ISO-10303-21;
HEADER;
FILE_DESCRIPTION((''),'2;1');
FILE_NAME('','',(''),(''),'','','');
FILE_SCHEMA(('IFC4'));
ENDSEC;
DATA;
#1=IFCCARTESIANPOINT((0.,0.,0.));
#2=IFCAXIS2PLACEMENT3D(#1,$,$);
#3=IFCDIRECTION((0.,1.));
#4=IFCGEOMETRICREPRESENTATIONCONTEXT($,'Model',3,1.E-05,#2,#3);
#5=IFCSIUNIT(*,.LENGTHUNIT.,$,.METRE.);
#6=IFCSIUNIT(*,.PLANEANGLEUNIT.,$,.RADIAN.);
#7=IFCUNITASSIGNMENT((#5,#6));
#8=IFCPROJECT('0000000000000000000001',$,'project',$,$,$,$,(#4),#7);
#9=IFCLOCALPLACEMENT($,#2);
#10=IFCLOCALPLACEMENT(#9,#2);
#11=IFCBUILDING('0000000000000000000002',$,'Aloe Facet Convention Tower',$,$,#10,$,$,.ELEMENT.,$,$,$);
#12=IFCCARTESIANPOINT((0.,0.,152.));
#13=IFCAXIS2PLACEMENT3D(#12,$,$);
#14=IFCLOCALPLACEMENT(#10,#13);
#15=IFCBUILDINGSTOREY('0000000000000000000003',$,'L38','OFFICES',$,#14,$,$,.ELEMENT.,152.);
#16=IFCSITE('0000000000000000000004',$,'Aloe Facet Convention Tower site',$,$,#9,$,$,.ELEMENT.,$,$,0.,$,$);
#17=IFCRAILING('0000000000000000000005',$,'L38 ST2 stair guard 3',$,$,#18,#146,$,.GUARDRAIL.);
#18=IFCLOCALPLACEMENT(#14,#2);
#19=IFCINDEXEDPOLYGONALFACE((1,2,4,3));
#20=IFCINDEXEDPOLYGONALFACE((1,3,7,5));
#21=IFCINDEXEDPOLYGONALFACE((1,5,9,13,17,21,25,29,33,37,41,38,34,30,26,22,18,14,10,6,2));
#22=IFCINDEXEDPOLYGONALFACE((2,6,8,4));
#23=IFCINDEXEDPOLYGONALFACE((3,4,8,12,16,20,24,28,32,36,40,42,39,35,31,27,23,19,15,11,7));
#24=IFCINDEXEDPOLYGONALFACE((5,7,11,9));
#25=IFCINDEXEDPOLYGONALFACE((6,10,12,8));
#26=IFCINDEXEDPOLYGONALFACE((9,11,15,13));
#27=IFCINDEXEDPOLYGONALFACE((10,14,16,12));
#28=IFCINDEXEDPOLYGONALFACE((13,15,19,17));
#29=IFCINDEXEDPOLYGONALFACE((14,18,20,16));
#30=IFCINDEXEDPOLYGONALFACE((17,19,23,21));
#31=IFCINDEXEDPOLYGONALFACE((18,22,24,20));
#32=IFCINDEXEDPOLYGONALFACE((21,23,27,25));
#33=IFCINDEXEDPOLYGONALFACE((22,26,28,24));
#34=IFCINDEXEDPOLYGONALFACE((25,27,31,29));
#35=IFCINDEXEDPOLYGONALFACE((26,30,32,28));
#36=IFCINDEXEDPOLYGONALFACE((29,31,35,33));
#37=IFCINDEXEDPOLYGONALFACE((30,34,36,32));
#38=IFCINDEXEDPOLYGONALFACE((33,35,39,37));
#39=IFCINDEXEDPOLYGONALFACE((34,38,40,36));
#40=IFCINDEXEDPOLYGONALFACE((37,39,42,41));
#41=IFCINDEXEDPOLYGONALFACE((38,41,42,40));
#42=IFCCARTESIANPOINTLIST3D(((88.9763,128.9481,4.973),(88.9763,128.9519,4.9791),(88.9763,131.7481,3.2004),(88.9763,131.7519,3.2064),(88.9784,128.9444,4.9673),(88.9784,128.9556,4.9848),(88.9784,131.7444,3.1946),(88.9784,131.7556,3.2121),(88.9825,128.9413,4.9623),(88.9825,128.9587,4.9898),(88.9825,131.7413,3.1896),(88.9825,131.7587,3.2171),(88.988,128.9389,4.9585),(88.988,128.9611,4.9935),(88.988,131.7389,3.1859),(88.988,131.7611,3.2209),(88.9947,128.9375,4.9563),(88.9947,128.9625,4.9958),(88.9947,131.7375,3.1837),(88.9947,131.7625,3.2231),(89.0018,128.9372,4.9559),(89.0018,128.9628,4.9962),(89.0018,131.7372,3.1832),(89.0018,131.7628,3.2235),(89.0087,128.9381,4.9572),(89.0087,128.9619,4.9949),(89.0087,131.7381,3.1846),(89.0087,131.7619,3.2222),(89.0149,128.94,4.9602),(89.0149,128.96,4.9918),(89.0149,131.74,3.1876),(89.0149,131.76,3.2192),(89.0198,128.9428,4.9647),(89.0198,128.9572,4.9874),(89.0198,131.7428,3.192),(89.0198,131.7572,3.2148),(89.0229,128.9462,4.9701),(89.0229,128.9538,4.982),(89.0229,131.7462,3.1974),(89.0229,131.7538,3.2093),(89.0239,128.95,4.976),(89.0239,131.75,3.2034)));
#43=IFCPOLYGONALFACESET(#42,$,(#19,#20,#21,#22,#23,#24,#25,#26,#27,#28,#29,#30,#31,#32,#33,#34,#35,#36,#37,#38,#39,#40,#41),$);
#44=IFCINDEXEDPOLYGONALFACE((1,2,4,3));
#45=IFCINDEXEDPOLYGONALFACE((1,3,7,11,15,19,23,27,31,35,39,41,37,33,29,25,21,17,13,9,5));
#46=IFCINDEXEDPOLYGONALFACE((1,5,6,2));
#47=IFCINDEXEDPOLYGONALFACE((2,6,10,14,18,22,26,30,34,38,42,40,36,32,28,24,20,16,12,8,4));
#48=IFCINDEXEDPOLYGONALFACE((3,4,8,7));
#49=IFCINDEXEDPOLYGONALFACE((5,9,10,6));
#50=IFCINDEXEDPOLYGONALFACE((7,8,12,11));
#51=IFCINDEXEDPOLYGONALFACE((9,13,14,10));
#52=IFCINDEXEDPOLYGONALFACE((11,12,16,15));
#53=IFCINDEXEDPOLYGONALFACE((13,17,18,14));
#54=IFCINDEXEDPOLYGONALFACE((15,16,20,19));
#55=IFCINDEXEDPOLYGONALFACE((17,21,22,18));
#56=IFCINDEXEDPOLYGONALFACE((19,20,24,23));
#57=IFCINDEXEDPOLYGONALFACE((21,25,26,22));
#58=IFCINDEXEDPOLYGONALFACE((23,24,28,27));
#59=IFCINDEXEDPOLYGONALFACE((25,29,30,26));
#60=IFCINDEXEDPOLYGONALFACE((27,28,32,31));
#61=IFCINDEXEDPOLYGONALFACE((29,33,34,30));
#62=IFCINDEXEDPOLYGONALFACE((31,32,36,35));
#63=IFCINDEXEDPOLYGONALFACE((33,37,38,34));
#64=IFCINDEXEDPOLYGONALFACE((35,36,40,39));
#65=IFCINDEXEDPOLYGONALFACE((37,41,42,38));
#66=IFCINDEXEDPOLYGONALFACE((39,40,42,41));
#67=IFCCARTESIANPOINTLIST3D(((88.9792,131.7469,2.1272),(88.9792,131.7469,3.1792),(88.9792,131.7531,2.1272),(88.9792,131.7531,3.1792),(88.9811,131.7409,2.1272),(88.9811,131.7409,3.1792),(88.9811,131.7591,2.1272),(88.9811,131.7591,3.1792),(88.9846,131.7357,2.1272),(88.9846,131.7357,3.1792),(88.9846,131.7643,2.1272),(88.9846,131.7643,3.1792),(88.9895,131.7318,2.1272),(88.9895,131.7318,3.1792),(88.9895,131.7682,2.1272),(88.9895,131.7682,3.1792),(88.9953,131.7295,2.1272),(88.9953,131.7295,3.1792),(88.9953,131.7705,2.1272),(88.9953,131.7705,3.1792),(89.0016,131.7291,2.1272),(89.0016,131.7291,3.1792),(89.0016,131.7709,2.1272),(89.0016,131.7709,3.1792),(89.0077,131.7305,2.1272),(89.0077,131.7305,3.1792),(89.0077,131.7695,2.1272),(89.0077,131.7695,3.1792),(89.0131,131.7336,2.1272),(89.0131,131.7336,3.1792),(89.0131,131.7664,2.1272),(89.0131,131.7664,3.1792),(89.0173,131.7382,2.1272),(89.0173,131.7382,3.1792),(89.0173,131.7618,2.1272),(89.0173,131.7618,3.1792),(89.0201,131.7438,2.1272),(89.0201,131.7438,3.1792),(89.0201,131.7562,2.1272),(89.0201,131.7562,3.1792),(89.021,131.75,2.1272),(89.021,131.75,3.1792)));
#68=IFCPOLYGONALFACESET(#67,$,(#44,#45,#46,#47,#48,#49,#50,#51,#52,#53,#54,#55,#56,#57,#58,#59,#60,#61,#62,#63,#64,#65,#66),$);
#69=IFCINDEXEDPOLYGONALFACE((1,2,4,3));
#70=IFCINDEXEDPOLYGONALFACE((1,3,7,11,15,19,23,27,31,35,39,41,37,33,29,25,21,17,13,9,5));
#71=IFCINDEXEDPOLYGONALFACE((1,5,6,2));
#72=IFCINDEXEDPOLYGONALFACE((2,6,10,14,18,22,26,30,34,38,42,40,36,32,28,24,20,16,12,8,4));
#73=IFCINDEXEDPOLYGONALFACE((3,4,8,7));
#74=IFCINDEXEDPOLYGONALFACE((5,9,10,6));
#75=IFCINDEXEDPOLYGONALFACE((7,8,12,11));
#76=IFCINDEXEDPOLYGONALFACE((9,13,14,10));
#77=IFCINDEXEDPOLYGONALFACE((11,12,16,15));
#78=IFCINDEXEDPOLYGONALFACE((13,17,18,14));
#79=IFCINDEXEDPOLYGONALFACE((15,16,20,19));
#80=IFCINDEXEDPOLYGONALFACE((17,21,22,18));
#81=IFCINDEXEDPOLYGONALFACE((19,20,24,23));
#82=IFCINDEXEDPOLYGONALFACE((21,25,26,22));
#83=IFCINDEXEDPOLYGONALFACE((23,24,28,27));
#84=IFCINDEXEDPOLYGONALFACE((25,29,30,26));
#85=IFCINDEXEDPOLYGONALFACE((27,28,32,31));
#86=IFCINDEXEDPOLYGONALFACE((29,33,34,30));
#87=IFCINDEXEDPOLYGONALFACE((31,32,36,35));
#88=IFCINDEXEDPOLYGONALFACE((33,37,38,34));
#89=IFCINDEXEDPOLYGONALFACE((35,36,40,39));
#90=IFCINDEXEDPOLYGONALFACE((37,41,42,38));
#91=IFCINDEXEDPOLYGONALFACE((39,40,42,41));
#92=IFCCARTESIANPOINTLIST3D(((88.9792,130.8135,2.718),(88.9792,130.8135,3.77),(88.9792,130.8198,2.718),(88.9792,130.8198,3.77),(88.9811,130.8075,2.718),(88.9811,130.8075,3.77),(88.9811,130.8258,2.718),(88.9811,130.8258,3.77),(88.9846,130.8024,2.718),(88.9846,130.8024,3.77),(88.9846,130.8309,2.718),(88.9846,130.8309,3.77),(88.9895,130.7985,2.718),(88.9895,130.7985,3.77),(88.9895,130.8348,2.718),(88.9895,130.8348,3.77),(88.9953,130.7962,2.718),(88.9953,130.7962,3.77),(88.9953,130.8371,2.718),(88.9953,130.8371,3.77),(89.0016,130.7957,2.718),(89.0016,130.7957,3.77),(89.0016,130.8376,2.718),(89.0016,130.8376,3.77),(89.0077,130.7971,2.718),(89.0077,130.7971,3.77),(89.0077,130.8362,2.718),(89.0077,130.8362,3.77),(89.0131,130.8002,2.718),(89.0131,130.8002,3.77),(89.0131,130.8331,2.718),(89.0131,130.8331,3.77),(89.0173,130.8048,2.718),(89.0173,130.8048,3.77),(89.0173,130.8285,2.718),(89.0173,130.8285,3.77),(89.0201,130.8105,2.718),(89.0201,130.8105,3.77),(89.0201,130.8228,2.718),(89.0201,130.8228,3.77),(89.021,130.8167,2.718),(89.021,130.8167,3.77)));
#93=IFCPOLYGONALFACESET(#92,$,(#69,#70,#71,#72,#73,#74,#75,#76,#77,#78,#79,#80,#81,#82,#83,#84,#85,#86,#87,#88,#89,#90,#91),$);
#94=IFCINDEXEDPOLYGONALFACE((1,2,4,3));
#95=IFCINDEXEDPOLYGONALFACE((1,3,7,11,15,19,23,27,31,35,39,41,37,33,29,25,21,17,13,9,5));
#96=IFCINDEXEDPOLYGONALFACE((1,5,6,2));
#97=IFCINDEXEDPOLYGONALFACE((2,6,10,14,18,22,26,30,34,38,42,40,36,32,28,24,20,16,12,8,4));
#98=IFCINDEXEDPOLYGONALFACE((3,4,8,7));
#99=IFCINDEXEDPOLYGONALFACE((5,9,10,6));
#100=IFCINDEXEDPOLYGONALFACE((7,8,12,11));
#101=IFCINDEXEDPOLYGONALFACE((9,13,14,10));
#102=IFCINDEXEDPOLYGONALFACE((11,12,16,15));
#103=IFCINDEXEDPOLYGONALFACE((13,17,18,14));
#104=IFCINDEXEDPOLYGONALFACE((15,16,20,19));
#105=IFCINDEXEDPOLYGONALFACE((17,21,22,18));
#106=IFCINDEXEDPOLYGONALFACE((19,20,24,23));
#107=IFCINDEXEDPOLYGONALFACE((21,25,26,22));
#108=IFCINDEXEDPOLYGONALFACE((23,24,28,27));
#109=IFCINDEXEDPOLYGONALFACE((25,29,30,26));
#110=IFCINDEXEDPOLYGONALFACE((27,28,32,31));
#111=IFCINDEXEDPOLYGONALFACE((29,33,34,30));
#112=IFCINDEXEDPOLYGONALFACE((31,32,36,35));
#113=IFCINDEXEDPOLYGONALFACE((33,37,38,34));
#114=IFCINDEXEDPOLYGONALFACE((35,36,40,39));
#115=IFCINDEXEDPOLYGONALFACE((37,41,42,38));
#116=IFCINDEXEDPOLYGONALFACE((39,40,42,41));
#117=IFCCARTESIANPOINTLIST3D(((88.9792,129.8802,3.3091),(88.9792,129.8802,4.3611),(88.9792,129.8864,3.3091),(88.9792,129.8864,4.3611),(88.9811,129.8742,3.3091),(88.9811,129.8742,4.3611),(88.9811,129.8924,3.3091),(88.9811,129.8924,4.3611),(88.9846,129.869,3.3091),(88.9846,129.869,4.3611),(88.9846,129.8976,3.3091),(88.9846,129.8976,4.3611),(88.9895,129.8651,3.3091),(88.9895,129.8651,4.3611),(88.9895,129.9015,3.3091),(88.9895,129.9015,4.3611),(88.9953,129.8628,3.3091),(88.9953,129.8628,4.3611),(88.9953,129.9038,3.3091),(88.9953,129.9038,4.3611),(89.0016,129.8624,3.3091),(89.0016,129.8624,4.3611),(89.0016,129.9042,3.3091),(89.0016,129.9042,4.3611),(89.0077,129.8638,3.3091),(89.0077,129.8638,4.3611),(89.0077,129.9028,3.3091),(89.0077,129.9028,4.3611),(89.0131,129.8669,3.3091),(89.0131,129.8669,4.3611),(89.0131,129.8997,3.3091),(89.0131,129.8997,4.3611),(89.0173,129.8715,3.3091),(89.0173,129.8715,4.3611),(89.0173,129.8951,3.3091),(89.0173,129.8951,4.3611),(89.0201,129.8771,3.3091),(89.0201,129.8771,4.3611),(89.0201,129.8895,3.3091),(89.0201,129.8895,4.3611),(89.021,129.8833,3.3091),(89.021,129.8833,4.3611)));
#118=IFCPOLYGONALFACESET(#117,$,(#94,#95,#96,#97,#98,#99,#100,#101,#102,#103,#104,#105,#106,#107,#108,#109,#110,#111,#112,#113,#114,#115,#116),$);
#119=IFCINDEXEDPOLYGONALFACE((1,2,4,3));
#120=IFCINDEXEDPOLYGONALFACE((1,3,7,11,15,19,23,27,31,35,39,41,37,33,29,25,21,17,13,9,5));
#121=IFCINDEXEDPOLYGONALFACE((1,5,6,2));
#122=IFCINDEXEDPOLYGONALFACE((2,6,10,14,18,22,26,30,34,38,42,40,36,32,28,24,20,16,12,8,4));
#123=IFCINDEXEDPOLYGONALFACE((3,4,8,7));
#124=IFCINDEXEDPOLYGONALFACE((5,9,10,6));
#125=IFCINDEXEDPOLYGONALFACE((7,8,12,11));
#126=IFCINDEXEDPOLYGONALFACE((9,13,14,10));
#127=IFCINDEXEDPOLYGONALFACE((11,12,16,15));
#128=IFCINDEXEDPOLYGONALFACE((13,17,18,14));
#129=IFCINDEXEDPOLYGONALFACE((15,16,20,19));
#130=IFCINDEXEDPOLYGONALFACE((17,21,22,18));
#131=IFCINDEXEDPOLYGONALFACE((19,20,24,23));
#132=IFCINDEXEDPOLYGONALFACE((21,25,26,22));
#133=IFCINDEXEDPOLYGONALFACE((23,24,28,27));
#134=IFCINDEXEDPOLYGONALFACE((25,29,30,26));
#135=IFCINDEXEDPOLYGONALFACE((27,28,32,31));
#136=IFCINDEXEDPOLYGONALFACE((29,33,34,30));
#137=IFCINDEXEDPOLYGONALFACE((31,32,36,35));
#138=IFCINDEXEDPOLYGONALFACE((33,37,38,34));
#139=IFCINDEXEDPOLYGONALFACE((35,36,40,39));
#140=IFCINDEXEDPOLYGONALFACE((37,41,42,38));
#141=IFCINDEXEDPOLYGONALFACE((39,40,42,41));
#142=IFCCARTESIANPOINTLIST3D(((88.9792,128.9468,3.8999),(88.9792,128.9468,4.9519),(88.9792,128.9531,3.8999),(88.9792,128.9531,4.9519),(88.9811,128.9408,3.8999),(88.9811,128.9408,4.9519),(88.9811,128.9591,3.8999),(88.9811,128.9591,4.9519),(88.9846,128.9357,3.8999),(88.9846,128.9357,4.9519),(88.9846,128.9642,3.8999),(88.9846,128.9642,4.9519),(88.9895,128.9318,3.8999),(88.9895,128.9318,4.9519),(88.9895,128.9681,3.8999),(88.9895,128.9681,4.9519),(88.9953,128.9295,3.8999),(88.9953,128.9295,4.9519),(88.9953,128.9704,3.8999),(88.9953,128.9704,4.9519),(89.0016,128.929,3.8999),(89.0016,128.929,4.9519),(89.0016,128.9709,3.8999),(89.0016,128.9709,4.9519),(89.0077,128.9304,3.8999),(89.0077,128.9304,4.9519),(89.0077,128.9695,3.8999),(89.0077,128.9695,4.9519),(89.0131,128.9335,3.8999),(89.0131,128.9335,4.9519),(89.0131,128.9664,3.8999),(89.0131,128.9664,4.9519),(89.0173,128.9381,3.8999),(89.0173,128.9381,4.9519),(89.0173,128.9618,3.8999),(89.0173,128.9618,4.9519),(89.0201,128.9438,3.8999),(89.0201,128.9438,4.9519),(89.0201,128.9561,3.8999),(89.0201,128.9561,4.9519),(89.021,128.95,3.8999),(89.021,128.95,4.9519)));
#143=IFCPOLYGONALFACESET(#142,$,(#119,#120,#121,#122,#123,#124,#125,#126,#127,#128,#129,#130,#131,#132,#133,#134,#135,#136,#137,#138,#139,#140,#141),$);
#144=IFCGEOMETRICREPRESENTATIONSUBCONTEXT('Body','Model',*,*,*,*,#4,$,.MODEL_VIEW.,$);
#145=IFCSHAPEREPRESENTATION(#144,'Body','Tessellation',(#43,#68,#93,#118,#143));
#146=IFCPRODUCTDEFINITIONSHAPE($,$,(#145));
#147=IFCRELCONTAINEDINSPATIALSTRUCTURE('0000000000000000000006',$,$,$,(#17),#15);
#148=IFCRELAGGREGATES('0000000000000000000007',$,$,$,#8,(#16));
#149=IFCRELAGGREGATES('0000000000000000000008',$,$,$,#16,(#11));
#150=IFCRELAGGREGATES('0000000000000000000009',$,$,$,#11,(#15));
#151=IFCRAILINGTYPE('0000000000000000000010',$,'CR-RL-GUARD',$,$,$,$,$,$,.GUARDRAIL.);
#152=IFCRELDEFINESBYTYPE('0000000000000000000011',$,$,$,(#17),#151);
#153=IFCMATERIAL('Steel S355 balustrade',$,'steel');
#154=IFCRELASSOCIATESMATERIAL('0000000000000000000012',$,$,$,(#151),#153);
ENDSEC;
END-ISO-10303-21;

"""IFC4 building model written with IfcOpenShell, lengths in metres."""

from ifc_helpers import new_model, si_unit, direction, frame, origin, origin_2d, place, context, subcontext, project, spatial, circle, extrude, material, type_object, element, save


model = new_model("IFC4")

# Units and contexts
model_context = context("Model", 3, precision=1e-05, world=origin(), true_north=direction((0.0, 1.0)))
body_context = subcontext(model_context, "Body", "Model", "MODEL_VIEW")
ifc_project = project(units=[si_unit("LENGTHUNIT", "METRE"), si_unit("PLANEANGLEUNIT", "RADIAN")], contexts=[model_context])

# Site, building, storey
site_placement = place(None, origin())
site = spatial("IfcSite", under=ifc_project, at=site_placement, Name="Aloe Facet Convention Tower site", CompositionType="ELEMENT", RefElevation=0.0)
building_placement = place(site_placement, origin())
building = spatial("IfcBuilding", under=site, at=building_placement, Name="Aloe Facet Convention Tower", CompositionType="ELEMENT")
storey_placement = place(building_placement, frame((0.0, 0.0, 152.0)))
storey = spatial("IfcBuildingStorey", under=building, at=storey_placement, Name="L38", Description="OFFICES", CompositionType="ELEMENT", Elevation=152.0)

# Railing
ifc_material_1 = material(Name="Steel S355 balustrade", Category="steel")
railing_type_1 = type_object("IfcRailingType", Name="CR-RL-GUARD", PredefinedType="GUARDRAIL", material=ifc_material_1)
railing_1_placement = place(storey_placement, frame((89.0, 131.75, 2.1272)))
element("IfcRailing", 1, at=railing_1_placement, inside=storey, type_object=railing_type_1, Name="L38 ST2 stair guard 3", PredefinedType="GUARDRAIL", context=body_context, shape_type="SweptSolid", body=[
    extrude(circle(Radius=0.0239, at=origin_2d()), frame((0.0, 0.0, 1.0762), z_axis=(0.0, -0.844909, 0.53491), x_axis=(1.0, 0.0, 0.0)), (0.0, 0.0, 1.0), 3.314),
    extrude(circle(Radius=0.021, at=origin_2d()), origin(), (0.0, 0.0, 1.0), 1.052),
    extrude(circle(Radius=0.021, at=origin_2d()), frame((0.0, -0.9333, 0.5908)), (0.0, 0.0, 1.0), 1.052),
    extrude(circle(Radius=0.021, at=origin_2d()), frame((0.0, -1.8667, 1.1819)), (0.0, 0.0, 1.0), 1.052),
    extrude(circle(Radius=0.021, at=origin_2d()), frame((0.0, -2.8, 1.7727)), (0.0, 0.0, 1.0), 1.052),
])

save(model, "model.ifc")
